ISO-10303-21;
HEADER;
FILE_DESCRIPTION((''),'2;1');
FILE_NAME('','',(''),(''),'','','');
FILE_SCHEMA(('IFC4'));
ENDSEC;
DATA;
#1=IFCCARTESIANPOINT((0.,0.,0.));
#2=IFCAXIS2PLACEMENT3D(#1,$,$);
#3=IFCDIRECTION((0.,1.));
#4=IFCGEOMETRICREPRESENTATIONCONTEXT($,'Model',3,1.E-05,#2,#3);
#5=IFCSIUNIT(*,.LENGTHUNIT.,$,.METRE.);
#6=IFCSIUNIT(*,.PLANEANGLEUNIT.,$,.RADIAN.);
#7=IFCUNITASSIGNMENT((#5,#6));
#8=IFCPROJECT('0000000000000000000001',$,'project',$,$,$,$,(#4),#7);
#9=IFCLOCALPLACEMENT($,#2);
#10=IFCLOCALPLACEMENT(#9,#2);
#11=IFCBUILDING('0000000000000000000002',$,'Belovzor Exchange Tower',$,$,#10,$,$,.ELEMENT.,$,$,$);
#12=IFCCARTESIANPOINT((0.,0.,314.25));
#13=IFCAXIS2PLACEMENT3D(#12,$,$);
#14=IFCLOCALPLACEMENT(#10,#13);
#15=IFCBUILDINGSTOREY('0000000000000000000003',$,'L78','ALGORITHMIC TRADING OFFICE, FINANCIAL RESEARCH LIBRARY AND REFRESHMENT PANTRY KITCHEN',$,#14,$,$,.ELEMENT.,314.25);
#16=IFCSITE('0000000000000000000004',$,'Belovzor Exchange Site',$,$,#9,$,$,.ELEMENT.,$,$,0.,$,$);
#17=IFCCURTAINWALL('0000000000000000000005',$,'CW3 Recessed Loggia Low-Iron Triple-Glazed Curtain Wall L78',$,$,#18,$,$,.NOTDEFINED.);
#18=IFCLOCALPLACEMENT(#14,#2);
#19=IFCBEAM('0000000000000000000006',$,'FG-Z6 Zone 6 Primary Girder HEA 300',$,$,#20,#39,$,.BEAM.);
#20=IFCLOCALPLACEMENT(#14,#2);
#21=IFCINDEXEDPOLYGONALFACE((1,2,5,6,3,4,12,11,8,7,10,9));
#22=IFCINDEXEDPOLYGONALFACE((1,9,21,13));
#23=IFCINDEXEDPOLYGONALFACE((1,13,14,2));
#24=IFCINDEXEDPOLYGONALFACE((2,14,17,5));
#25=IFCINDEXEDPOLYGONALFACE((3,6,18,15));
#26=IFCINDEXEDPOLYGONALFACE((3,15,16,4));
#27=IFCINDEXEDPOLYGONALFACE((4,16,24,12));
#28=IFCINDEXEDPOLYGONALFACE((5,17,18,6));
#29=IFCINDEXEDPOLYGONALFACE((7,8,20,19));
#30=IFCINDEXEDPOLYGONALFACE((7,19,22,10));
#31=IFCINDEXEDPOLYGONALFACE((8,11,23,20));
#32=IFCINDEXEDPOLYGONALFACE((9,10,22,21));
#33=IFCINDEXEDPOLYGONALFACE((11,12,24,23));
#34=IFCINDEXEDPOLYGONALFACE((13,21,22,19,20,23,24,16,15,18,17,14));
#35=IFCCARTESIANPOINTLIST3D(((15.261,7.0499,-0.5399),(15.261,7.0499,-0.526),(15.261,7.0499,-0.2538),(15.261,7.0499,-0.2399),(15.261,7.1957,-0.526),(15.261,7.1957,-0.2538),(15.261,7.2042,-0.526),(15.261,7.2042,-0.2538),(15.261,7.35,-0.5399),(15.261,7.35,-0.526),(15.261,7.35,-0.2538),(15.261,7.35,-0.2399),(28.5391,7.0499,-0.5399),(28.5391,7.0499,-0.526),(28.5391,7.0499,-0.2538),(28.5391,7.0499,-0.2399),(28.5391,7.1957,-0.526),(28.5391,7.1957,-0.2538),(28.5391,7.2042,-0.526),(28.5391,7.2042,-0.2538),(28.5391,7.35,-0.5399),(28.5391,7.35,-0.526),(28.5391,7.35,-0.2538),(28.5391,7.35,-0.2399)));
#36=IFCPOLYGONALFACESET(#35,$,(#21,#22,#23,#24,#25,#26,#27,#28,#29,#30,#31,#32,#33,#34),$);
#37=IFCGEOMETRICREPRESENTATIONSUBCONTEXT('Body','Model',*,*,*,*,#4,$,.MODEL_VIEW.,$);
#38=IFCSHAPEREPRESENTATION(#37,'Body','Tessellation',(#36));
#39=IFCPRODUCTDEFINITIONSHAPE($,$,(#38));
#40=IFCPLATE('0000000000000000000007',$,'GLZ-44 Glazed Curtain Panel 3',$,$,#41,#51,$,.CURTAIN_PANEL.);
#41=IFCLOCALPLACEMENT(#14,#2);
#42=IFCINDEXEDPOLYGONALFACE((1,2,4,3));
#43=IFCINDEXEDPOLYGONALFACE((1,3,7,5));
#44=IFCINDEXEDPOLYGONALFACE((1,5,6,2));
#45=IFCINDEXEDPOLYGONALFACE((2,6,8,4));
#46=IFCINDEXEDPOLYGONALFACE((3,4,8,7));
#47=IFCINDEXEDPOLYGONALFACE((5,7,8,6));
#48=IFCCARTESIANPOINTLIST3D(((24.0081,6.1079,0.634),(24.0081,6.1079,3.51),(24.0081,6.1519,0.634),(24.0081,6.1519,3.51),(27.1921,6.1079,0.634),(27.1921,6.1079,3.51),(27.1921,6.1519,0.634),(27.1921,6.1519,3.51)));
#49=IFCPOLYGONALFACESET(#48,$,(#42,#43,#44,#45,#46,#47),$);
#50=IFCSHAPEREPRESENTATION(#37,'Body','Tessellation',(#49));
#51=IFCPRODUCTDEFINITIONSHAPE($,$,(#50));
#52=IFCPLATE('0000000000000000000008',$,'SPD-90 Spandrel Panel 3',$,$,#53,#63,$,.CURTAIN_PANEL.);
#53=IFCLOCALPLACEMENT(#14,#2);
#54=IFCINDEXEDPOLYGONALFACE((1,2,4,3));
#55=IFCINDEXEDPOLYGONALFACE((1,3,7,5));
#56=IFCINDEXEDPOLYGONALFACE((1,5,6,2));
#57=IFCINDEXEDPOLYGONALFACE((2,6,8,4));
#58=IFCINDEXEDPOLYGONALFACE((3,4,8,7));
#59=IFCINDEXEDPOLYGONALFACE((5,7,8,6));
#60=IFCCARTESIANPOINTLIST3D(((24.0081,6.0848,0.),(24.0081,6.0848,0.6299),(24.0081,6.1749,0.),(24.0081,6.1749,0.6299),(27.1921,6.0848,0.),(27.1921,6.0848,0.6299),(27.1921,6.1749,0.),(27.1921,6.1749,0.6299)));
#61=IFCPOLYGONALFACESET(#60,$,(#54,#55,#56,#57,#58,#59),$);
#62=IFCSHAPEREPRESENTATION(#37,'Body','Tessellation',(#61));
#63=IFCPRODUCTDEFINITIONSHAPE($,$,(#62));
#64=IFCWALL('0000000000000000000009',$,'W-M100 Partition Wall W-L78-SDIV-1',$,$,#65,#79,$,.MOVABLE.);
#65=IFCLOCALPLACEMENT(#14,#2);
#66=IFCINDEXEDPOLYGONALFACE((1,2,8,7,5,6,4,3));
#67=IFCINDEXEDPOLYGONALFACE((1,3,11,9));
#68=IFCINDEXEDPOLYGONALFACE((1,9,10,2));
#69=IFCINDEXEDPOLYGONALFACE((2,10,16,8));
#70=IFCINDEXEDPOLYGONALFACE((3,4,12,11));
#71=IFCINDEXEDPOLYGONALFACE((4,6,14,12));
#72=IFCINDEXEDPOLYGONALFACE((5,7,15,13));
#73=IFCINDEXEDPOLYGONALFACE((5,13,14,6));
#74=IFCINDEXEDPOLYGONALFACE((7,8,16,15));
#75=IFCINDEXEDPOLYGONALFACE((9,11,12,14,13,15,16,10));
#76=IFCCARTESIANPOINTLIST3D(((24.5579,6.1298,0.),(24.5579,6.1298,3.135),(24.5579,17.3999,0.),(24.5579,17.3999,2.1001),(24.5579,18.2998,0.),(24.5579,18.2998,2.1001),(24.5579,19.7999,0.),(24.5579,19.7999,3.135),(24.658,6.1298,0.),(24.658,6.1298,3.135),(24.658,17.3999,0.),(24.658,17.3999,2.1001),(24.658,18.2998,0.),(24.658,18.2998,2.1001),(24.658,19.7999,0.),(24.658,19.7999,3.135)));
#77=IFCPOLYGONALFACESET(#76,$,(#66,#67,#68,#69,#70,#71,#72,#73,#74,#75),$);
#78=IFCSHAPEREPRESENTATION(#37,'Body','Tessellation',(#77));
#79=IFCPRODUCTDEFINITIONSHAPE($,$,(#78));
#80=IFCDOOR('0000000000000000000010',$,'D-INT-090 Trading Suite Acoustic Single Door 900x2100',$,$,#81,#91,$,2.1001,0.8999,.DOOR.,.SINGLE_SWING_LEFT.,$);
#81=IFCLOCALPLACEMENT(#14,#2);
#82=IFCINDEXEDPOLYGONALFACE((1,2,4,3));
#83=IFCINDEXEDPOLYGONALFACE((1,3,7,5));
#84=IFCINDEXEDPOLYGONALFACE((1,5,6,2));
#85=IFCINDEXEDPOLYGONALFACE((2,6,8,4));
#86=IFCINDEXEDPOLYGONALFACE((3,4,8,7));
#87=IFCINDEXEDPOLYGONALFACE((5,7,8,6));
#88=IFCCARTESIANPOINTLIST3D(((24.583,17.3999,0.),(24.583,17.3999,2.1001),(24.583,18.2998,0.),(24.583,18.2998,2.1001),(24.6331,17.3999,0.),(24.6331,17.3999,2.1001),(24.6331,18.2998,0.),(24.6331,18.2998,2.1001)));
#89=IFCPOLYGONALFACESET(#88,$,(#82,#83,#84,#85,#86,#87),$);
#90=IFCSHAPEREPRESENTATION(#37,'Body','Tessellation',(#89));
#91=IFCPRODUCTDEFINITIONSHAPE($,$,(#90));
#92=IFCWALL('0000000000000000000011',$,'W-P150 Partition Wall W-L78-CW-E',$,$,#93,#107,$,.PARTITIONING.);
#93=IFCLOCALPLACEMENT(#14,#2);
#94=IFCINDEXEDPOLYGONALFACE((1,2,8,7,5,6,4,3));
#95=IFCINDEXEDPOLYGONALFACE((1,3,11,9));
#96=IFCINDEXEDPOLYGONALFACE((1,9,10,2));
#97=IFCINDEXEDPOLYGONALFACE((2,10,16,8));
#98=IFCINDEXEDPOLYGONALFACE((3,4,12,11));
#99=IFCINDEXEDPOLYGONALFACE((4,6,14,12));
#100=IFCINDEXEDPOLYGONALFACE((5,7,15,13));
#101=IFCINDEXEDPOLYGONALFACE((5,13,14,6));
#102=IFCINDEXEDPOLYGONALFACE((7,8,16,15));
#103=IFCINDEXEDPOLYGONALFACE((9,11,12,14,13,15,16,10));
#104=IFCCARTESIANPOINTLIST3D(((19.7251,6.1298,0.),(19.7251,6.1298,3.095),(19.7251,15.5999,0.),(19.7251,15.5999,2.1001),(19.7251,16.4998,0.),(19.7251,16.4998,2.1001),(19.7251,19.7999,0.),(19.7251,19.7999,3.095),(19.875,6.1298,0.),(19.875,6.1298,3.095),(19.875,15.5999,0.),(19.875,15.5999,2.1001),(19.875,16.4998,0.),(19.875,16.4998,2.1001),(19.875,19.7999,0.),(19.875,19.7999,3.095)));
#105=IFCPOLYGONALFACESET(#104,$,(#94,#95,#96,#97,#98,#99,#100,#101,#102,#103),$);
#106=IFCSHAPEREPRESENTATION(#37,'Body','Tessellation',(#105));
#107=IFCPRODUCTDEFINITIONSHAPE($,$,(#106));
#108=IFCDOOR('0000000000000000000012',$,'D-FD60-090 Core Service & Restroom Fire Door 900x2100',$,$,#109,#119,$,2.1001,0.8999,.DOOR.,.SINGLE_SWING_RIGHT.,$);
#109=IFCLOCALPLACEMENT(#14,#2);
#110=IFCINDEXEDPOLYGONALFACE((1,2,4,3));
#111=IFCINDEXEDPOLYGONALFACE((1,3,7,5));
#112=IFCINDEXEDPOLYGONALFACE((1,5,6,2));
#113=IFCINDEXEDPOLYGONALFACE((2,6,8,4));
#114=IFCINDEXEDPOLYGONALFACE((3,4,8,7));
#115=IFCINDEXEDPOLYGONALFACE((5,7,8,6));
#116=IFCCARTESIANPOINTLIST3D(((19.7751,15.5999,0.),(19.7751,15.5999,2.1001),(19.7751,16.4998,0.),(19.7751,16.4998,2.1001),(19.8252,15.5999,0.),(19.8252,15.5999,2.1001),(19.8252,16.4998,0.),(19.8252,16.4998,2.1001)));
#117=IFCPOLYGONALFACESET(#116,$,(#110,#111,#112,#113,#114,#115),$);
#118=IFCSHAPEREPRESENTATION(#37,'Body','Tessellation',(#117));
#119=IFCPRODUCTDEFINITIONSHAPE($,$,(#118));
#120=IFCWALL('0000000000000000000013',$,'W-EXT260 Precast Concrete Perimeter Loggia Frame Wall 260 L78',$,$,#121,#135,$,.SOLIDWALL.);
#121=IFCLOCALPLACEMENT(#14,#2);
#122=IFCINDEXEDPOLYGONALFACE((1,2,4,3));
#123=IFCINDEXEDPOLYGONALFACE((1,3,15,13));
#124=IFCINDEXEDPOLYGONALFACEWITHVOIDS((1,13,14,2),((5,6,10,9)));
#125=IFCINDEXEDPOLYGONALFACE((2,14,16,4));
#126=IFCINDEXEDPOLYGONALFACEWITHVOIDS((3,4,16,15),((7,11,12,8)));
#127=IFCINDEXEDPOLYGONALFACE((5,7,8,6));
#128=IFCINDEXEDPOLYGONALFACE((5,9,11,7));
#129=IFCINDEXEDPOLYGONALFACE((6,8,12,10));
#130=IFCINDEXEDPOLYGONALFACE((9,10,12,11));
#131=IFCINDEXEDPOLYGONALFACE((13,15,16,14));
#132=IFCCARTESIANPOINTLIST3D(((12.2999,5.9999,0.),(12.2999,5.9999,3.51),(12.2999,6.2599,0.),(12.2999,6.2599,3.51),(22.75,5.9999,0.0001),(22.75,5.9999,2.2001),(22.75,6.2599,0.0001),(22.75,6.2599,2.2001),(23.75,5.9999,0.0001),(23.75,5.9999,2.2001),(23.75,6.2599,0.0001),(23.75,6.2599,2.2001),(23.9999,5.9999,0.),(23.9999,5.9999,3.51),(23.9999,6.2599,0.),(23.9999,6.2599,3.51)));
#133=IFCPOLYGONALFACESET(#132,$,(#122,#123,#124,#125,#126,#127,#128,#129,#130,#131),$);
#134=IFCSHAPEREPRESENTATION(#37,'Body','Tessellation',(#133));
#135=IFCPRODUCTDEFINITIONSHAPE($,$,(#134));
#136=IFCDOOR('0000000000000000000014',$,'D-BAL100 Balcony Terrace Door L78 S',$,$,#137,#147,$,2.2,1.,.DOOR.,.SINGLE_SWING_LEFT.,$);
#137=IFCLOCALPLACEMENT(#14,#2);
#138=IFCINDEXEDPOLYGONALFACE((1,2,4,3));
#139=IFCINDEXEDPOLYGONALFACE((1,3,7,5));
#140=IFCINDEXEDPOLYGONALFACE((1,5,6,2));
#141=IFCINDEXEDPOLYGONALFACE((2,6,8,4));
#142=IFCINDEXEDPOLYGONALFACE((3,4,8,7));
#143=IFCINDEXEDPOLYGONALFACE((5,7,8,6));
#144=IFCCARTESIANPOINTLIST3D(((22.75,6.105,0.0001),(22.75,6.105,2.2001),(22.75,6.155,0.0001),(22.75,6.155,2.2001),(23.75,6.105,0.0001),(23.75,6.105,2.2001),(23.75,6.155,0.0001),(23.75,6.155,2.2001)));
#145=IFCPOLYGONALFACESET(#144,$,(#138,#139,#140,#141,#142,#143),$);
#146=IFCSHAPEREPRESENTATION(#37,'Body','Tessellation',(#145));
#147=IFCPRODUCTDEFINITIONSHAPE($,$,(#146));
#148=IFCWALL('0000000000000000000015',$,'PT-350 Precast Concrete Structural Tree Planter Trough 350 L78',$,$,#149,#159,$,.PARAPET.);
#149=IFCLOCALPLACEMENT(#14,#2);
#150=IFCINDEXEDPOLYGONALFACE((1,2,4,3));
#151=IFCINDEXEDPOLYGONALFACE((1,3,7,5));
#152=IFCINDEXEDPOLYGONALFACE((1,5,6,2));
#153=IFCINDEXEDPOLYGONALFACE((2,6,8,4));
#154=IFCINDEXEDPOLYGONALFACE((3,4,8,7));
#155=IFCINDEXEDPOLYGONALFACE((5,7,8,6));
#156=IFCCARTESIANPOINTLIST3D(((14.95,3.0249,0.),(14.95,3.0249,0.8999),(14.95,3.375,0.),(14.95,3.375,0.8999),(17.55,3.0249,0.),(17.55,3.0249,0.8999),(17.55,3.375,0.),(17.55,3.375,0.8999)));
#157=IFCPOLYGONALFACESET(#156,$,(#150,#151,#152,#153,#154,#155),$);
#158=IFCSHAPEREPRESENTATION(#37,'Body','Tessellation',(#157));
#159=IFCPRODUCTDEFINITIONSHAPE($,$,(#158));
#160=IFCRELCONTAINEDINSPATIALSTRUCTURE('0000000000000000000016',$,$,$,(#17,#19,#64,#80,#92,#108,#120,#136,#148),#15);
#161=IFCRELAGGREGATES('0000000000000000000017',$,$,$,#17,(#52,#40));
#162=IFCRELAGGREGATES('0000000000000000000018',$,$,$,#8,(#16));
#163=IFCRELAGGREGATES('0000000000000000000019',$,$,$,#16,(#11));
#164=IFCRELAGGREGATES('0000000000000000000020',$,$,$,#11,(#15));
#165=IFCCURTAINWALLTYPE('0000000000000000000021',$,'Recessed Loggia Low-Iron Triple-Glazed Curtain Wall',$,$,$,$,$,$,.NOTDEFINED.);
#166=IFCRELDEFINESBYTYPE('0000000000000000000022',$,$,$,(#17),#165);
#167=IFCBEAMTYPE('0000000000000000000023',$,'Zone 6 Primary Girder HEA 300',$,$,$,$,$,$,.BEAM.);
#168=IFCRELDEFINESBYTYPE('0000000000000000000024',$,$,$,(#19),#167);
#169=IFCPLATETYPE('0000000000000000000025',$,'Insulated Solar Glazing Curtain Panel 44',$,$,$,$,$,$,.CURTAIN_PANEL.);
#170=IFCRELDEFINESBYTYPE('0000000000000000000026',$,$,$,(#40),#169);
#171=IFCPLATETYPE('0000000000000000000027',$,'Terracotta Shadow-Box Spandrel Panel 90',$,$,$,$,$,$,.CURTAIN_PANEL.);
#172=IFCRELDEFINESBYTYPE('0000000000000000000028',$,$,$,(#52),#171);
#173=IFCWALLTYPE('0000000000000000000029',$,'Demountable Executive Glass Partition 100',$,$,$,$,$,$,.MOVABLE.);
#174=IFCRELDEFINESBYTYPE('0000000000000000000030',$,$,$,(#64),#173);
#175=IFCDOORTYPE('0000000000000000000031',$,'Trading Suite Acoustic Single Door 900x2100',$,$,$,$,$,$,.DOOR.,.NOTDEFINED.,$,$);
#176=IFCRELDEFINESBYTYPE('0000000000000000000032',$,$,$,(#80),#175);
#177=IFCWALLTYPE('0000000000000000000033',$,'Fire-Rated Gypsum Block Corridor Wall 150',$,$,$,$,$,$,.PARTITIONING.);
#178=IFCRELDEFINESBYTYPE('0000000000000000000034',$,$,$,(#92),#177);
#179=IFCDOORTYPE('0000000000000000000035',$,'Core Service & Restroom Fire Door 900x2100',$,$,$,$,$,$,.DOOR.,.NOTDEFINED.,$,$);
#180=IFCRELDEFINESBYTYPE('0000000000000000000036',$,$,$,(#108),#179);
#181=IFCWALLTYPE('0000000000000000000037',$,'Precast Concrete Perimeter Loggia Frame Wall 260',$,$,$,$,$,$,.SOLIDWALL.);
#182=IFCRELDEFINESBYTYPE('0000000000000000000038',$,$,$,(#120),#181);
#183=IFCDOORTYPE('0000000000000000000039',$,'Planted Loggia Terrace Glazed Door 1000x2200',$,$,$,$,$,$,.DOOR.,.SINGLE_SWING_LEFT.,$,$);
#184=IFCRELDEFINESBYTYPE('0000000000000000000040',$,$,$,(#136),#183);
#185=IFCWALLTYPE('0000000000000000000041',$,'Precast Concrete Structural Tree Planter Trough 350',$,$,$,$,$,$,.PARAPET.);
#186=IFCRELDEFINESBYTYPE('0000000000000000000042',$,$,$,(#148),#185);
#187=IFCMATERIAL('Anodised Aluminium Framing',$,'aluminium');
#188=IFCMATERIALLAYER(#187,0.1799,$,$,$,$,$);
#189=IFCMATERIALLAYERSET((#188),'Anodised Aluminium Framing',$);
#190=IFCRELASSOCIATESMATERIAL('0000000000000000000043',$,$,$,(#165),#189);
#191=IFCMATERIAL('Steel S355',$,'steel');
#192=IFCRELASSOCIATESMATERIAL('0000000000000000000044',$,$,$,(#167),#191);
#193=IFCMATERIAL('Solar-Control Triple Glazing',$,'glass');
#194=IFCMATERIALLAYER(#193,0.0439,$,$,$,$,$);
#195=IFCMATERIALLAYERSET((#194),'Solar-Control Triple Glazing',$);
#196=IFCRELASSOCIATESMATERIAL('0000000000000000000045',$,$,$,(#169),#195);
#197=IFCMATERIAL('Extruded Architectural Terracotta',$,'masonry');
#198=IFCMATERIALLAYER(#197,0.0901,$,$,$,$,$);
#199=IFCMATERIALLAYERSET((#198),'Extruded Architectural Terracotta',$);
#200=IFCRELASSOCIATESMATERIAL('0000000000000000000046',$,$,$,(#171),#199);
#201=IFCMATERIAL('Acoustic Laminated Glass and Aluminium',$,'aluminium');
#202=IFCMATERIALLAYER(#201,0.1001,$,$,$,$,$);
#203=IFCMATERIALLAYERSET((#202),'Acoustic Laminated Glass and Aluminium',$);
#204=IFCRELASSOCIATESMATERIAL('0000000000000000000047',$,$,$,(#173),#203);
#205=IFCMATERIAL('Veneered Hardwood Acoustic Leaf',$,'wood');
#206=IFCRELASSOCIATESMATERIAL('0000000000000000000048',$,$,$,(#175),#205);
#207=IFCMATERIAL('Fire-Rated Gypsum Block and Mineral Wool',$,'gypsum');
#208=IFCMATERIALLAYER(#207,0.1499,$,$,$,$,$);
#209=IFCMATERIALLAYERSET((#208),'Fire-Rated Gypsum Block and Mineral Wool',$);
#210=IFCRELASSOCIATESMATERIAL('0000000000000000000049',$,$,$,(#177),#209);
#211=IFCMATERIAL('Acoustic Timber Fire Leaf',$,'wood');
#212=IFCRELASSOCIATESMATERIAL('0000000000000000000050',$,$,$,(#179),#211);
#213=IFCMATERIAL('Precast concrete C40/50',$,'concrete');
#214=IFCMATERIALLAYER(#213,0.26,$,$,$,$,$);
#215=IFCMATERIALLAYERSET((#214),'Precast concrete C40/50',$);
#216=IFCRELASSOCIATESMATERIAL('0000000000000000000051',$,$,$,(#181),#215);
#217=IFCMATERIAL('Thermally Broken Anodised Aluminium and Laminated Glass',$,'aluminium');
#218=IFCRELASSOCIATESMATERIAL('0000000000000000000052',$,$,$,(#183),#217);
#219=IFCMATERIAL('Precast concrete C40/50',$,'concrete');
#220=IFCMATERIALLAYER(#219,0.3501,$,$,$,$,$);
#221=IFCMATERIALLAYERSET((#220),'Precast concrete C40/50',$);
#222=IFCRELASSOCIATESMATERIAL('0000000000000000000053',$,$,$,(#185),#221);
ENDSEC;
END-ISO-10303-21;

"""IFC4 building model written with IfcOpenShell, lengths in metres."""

from ifc_helpers import new_model, si_unit, direction, frame, frame_2d, origin, origin_2d, place, context, subcontext, project, spatial, rectangle, i_section, extrude, material, layer, layer_set, material_profile, profile_set, type_object, element, fill, aggregate, save


model = new_model("IFC4")

# Units and contexts
model_context = context("Model", 3, precision=1e-05, world=origin(), true_north=direction((0.0, 1.0)))
body_context = subcontext(model_context, "Body", "Model", "MODEL_VIEW")
ifc_project = project(units=[si_unit("LENGTHUNIT", "METRE"), si_unit("PLANEANGLEUNIT", "RADIAN")], contexts=[model_context])

# Site, building, storey
site_placement = place(None, origin())
site = spatial("IfcSite", under=ifc_project, at=site_placement, Name="Belovzor Exchange Site", CompositionType="ELEMENT", RefElevation=0.0)
building_placement = place(site_placement, origin())
building = spatial("IfcBuilding", under=site, at=building_placement, Name="Belovzor Exchange Tower", CompositionType="ELEMENT")
storey_placement = place(building_placement, frame((0.0, 0.0, 314.25)))
storey = spatial("IfcBuildingStorey", under=building, at=storey_placement, Name="L78", Description="ALGORITHMIC TRADING OFFICE, FINANCIAL RESEARCH LIBRARY AND REFRESHMENT PANTRY KITCHEN", CompositionType="ELEMENT", Elevation=314.25)

# Curtain wall
ifc_material_1 = material(Name="Anodised Aluminium Framing", Category="aluminium")
ifc_layer_1 = layer(ifc_material_1, 0.1799)
ifc_layer_set_1 = layer_set([ifc_layer_1], Name="Anodised Aluminium Framing")
curtain_wall_type = type_object("IfcCurtainWallType", Name="Recessed Loggia Low-Iron Triple-Glazed Curtain Wall", PredefinedType="NOTDEFINED", material=ifc_layer_set_1)
curtain_wall_placement = place(storey_placement, origin())
curtain_wall = element("IfcCurtainWall", 1, at=curtain_wall_placement, inside=storey, type_object=curtain_wall_type, Name="CW3 Recessed Loggia Low-Iron Triple-Glazed Curtain Wall L78", PredefinedType="NOTDEFINED")

# Beam
ifc_material_2 = material(Name="Steel S355", Category="steel")
ifc_material_profile_1 = material_profile(ifc_material_2, i_section(OverallWidth=0.3, OverallDepth=0.3, WebThickness=0.0085, FlangeThickness=0.0139, at=origin_2d()))
ifc_profile_set_1 = profile_set([ifc_material_profile_1], Name="Steel S355")
beam_type_1 = type_object("IfcBeamType", Name="Zone 6 Primary Girder HEA 300", PredefinedType="BEAM", material=ifc_profile_set_1)
beam_1_placement = place(storey_placement, frame((15.261, 7.2, -0.3899), z_axis=(1.0, 0.0, 0.0), x_axis=(0.0, 1.0, 0.0)))
element("IfcBeam", 2, at=beam_1_placement, inside=storey, type_object=beam_type_1, Name="FG-Z6 Zone 6 Primary Girder HEA 300", PredefinedType="BEAM", context=body_context, shape_type="SweptSolid", body=[
    extrude(i_section(OverallWidth=0.3, OverallDepth=0.3, WebThickness=0.0085, FlangeThickness=0.0139, at=origin_2d()), origin(), (0.0, 0.0, 1.0), 13.2781),
])

# Plates
ifc_material_3 = material(Name="Solar-Control Triple Glazing", Category="glass")
ifc_layer_2 = layer(ifc_material_3, 0.0439)
ifc_layer_set_2 = layer_set([ifc_layer_2], Name="Solar-Control Triple Glazing")
plate_type_1 = type_object("IfcPlateType", Name="Insulated Solar Glazing Curtain Panel 44", PredefinedType="CURTAIN_PANEL", material=ifc_layer_set_2)
plate_1_placement = place(storey_placement, frame((25.6001, 6.1299, 0.634), z_axis=(0.0, 0.0, 1.0), x_axis=(-1.0, 0.0, 0.0)))
plate_1 = element("IfcPlate", 3, at=plate_1_placement, type_object=plate_type_1, Name="GLZ-44 Glazed Curtain Panel 3", PredefinedType="CURTAIN_PANEL", context=body_context, shape_type="SweptSolid", body=[
    extrude(rectangle(XDim=3.1841, YDim=0.0439, at=origin_2d()), origin(), (0.0, 0.0, 1.0), 2.876),
])
ifc_material_4 = material(Name="Extruded Architectural Terracotta", Category="masonry")
ifc_layer_3 = layer(ifc_material_4, 0.0901)
ifc_layer_set_3 = layer_set([ifc_layer_3], Name="Extruded Architectural Terracotta")
plate_type_2 = type_object("IfcPlateType", Name="Terracotta Shadow-Box Spandrel Panel 90", PredefinedType="CURTAIN_PANEL", material=ifc_layer_set_3)
plate_2_placement = place(storey_placement, frame((25.6001, 6.1299, 0.0), z_axis=(0.0, 0.0, 1.0), x_axis=(-1.0, 0.0, 0.0)))
plate_2 = element("IfcPlate", 4, at=plate_2_placement, type_object=plate_type_2, Name="SPD-90 Spandrel Panel 3", PredefinedType="CURTAIN_PANEL", context=body_context, shape_type="SweptSolid", body=[
    extrude(rectangle(XDim=3.1841, YDim=0.0901, at=origin_2d()), origin(), (0.0, 0.0, 1.0), 0.6299),
])
aggregate(curtain_wall, [plate_2, plate_1])

# Walls, openings, doors
ifc_material_5 = material(Name="Acoustic Laminated Glass and Aluminium", Category="aluminium")
ifc_layer_4 = layer(ifc_material_5, 0.1001)
ifc_layer_set_4 = layer_set([ifc_layer_4], Name="Acoustic Laminated Glass and Aluminium")
wall_type_1 = type_object("IfcWallType", Name="Demountable Executive Glass Partition 100", PredefinedType="MOVABLE", material=ifc_layer_set_4)
wall_1_placement = place(storey_placement, frame((24.6079, 6.1299, 0.0), z_axis=(0.0, 0.0, 1.0), x_axis=(0.0, 1.0, 0.0)))
wall_1 = element("IfcWall", 5, at=wall_1_placement, inside=storey, type_object=wall_type_1, Name="W-M100 Partition Wall W-L78-SDIV-1", PredefinedType="MOVABLE", context=body_context, shape_type="SweptSolid", body=[
    extrude(rectangle(XDim=13.6702, YDim=0.1001, at=frame_2d((6.835, 0.0))), origin(), (0.0, 0.0, 1.0), 3.135),
])
opening_1_placement = place(wall_1_placement, frame((11.27, 0.0, 0.0)))
opening_1 = element("IfcOpeningElement", 6, at=opening_1_placement, cuts=wall_1, PredefinedType="OPENING", context=body_context, shape_type="SweptSolid", body=[
    extrude(rectangle(XDim=0.8999, YDim=2.1001, at=frame_2d((0.45, 1.05))), frame((0.0, 0.0601, 0.0), z_axis=(0.0, -1.0, 0.0), x_axis=(1.0, 0.0, 0.0)), (0.0, 0.0, 1.0), 0.1201),
])
ifc_material_6 = material(Name="Veneered Hardwood Acoustic Leaf", Category="wood")
door_type_1 = type_object("IfcDoorType", Name="Trading Suite Acoustic Single Door 900x2100", OperationType="NOTDEFINED", PredefinedType="DOOR", material=ifc_material_6)
door_1_placement = place(opening_1_placement, origin())
door_1 = element("IfcDoor", 7, at=door_1_placement, inside=storey, type_object=door_type_1, Name="D-INT-090 Trading Suite Acoustic Single Door 900x2100", OperationType="SINGLE_SWING_LEFT", OverallHeight=2.1001, OverallWidth=0.8999, PredefinedType="DOOR", context=body_context, shape_type="SweptSolid", body=[
    extrude(rectangle(XDim=0.8999, YDim=2.1001, at=frame_2d((0.45, 1.05))), frame((0.0, 0.0249, 0.0), z_axis=(0.0, -1.0, 0.0), x_axis=(1.0, 0.0, 0.0)), (0.0, 0.0, 1.0), 0.05),
])
fill(opening_1, door_1)
ifc_material_7 = material(Name="Fire-Rated Gypsum Block and Mineral Wool", Category="gypsum")
ifc_layer_5 = layer(ifc_material_7, 0.1499)
ifc_layer_set_5 = layer_set([ifc_layer_5], Name="Fire-Rated Gypsum Block and Mineral Wool")
wall_type_2 = type_object("IfcWallType", Name="Fire-Rated Gypsum Block Corridor Wall 150", PredefinedType="PARTITIONING", material=ifc_layer_set_5)
wall_2_placement = place(storey_placement, frame((19.8, 6.1299, 0.0), z_axis=(0.0, 0.0, 1.0), x_axis=(0.0, 1.0, 0.0)))
wall_2 = element("IfcWall", 8, at=wall_2_placement, inside=storey, type_object=wall_type_2, Name="W-P150 Partition Wall W-L78-CW-E", PredefinedType="PARTITIONING", context=body_context, shape_type="SweptSolid", body=[
    extrude(rectangle(XDim=13.6702, YDim=0.1499, at=frame_2d((6.835, 0.0))), origin(), (0.0, 0.0, 1.0), 3.095),
])
opening_2_placement = place(wall_2_placement, frame((9.47, 0.0, 0.0)))
opening_2 = element("IfcOpeningElement", 9, at=opening_2_placement, cuts=wall_2, PredefinedType="OPENING", context=body_context, shape_type="SweptSolid", body=[
    extrude(rectangle(XDim=0.8999, YDim=2.1001, at=frame_2d((0.45, 1.05))), frame((0.0, 0.085, 0.0), z_axis=(0.0, -1.0, 0.0), x_axis=(1.0, 0.0, 0.0)), (0.0, 0.0, 1.0), 0.1699),
])
ifc_material_8 = material(Name="Acoustic Timber Fire Leaf", Category="wood")
door_type_2 = type_object("IfcDoorType", Name="Core Service & Restroom Fire Door 900x2100", OperationType="NOTDEFINED", PredefinedType="DOOR", material=ifc_material_8)
door_2_placement = place(opening_2_placement, origin())
door_2 = element("IfcDoor", 10, at=door_2_placement, inside=storey, type_object=door_type_2, Name="D-FD60-090 Core Service & Restroom Fire Door 900x2100", OperationType="SINGLE_SWING_RIGHT", OverallHeight=2.1001, OverallWidth=0.8999, PredefinedType="DOOR", context=body_context, shape_type="SweptSolid", body=[
    extrude(rectangle(XDim=0.8999, YDim=2.1001, at=frame_2d((0.45, 1.05))), frame((0.0, 0.0249, 0.0), z_axis=(0.0, -1.0, 0.0), x_axis=(1.0, 0.0, 0.0)), (0.0, 0.0, 1.0), 0.05),
])
fill(opening_2, door_2)
ifc_material_9 = material(Name="Precast concrete C40/50", Category="concrete")
ifc_layer_6 = layer(ifc_material_9, 0.26)
ifc_layer_set_6 = layer_set([ifc_layer_6], Name="Precast concrete C40/50")
wall_type_3 = type_object("IfcWallType", Name="Precast Concrete Perimeter Loggia Frame Wall 260", PredefinedType="SOLIDWALL", material=ifc_layer_set_6)
wall_3_placement = place(storey_placement, frame((24.0, 6.1299, 0.0), z_axis=(0.0, 0.0, 1.0), x_axis=(-1.0, 0.0, 0.0)))
wall_3 = element("IfcWall", 11, at=wall_3_placement, inside=storey, type_object=wall_type_3, Name="W-EXT260 Precast Concrete Perimeter Loggia Frame Wall 260 L78", PredefinedType="SOLIDWALL", context=body_context, shape_type="SweptSolid", body=[
    extrude(rectangle(XDim=11.7, YDim=0.26, at=frame_2d((5.8501, 0.0))), origin(), (0.0, 0.0, 1.0), 3.51),
])
opening_3_placement = place(wall_3_placement, frame((0.25, 0.0, 0.0)))
opening_3 = element("IfcOpeningElement", 12, at=opening_3_placement, cuts=wall_3, PredefinedType="OPENING", context=body_context, shape_type="SweptSolid", body=[
    extrude(rectangle(XDim=1.0, YDim=2.2, at=frame_2d((0.5, 1.1001))), frame((0.0, 0.1399, 0.0), z_axis=(0.0, -1.0, 0.0), x_axis=(1.0, 0.0, 0.0)), (0.0, 0.0, 1.0), 0.28),
])
ifc_material_10 = material(Name="Thermally Broken Anodised Aluminium and Laminated Glass", Category="aluminium")
door_type_3 = type_object("IfcDoorType", Name="Planted Loggia Terrace Glazed Door 1000x2200", OperationType="SINGLE_SWING_LEFT", PredefinedType="DOOR", material=ifc_material_10)
door_3_placement = place(opening_3_placement, origin())
door_3 = element("IfcDoor", 13, at=door_3_placement, inside=storey, type_object=door_type_3, Name="D-BAL100 Balcony Terrace Door L78 S", OperationType="SINGLE_SWING_LEFT", OverallHeight=2.2, OverallWidth=1.0, PredefinedType="DOOR", context=body_context, shape_type="SweptSolid", body=[
    extrude(rectangle(XDim=1.0, YDim=2.2, at=frame_2d((0.5, 1.1001))), frame((0.0, 0.0249, 0.0), z_axis=(0.0, -1.0, 0.0), x_axis=(1.0, 0.0, 0.0)), (0.0, 0.0, 1.0), 0.05),
])
fill(opening_3, door_3)

# Wall
ifc_material_11 = material(Name="Precast concrete C40/50", Category="concrete")
ifc_layer_7 = layer(ifc_material_11, 0.3501)
ifc_layer_set_7 = layer_set([ifc_layer_7], Name="Precast concrete C40/50")
wall_type_4 = type_object("IfcWallType", Name="Precast Concrete Structural Tree Planter Trough 350", PredefinedType="PARAPET", material=ifc_layer_set_7)
wall_4_placement = place(storey_placement, frame((14.95, 3.2, 0.0), z_axis=(0.0, 0.0, 1.0), x_axis=(1.0, 0.0, 0.0)))
element("IfcWall", 14, at=wall_4_placement, inside=storey, type_object=wall_type_4, Name="PT-350 Precast Concrete Structural Tree Planter Trough 350 L78", PredefinedType="PARAPET", context=body_context, shape_type="SweptSolid", body=[
    extrude(rectangle(XDim=2.6001, YDim=0.3501, at=frame_2d((1.3, 0.0))), origin(), (0.0, 0.0, 1.0), 0.8999),
])

save(model, "model.ifc")
